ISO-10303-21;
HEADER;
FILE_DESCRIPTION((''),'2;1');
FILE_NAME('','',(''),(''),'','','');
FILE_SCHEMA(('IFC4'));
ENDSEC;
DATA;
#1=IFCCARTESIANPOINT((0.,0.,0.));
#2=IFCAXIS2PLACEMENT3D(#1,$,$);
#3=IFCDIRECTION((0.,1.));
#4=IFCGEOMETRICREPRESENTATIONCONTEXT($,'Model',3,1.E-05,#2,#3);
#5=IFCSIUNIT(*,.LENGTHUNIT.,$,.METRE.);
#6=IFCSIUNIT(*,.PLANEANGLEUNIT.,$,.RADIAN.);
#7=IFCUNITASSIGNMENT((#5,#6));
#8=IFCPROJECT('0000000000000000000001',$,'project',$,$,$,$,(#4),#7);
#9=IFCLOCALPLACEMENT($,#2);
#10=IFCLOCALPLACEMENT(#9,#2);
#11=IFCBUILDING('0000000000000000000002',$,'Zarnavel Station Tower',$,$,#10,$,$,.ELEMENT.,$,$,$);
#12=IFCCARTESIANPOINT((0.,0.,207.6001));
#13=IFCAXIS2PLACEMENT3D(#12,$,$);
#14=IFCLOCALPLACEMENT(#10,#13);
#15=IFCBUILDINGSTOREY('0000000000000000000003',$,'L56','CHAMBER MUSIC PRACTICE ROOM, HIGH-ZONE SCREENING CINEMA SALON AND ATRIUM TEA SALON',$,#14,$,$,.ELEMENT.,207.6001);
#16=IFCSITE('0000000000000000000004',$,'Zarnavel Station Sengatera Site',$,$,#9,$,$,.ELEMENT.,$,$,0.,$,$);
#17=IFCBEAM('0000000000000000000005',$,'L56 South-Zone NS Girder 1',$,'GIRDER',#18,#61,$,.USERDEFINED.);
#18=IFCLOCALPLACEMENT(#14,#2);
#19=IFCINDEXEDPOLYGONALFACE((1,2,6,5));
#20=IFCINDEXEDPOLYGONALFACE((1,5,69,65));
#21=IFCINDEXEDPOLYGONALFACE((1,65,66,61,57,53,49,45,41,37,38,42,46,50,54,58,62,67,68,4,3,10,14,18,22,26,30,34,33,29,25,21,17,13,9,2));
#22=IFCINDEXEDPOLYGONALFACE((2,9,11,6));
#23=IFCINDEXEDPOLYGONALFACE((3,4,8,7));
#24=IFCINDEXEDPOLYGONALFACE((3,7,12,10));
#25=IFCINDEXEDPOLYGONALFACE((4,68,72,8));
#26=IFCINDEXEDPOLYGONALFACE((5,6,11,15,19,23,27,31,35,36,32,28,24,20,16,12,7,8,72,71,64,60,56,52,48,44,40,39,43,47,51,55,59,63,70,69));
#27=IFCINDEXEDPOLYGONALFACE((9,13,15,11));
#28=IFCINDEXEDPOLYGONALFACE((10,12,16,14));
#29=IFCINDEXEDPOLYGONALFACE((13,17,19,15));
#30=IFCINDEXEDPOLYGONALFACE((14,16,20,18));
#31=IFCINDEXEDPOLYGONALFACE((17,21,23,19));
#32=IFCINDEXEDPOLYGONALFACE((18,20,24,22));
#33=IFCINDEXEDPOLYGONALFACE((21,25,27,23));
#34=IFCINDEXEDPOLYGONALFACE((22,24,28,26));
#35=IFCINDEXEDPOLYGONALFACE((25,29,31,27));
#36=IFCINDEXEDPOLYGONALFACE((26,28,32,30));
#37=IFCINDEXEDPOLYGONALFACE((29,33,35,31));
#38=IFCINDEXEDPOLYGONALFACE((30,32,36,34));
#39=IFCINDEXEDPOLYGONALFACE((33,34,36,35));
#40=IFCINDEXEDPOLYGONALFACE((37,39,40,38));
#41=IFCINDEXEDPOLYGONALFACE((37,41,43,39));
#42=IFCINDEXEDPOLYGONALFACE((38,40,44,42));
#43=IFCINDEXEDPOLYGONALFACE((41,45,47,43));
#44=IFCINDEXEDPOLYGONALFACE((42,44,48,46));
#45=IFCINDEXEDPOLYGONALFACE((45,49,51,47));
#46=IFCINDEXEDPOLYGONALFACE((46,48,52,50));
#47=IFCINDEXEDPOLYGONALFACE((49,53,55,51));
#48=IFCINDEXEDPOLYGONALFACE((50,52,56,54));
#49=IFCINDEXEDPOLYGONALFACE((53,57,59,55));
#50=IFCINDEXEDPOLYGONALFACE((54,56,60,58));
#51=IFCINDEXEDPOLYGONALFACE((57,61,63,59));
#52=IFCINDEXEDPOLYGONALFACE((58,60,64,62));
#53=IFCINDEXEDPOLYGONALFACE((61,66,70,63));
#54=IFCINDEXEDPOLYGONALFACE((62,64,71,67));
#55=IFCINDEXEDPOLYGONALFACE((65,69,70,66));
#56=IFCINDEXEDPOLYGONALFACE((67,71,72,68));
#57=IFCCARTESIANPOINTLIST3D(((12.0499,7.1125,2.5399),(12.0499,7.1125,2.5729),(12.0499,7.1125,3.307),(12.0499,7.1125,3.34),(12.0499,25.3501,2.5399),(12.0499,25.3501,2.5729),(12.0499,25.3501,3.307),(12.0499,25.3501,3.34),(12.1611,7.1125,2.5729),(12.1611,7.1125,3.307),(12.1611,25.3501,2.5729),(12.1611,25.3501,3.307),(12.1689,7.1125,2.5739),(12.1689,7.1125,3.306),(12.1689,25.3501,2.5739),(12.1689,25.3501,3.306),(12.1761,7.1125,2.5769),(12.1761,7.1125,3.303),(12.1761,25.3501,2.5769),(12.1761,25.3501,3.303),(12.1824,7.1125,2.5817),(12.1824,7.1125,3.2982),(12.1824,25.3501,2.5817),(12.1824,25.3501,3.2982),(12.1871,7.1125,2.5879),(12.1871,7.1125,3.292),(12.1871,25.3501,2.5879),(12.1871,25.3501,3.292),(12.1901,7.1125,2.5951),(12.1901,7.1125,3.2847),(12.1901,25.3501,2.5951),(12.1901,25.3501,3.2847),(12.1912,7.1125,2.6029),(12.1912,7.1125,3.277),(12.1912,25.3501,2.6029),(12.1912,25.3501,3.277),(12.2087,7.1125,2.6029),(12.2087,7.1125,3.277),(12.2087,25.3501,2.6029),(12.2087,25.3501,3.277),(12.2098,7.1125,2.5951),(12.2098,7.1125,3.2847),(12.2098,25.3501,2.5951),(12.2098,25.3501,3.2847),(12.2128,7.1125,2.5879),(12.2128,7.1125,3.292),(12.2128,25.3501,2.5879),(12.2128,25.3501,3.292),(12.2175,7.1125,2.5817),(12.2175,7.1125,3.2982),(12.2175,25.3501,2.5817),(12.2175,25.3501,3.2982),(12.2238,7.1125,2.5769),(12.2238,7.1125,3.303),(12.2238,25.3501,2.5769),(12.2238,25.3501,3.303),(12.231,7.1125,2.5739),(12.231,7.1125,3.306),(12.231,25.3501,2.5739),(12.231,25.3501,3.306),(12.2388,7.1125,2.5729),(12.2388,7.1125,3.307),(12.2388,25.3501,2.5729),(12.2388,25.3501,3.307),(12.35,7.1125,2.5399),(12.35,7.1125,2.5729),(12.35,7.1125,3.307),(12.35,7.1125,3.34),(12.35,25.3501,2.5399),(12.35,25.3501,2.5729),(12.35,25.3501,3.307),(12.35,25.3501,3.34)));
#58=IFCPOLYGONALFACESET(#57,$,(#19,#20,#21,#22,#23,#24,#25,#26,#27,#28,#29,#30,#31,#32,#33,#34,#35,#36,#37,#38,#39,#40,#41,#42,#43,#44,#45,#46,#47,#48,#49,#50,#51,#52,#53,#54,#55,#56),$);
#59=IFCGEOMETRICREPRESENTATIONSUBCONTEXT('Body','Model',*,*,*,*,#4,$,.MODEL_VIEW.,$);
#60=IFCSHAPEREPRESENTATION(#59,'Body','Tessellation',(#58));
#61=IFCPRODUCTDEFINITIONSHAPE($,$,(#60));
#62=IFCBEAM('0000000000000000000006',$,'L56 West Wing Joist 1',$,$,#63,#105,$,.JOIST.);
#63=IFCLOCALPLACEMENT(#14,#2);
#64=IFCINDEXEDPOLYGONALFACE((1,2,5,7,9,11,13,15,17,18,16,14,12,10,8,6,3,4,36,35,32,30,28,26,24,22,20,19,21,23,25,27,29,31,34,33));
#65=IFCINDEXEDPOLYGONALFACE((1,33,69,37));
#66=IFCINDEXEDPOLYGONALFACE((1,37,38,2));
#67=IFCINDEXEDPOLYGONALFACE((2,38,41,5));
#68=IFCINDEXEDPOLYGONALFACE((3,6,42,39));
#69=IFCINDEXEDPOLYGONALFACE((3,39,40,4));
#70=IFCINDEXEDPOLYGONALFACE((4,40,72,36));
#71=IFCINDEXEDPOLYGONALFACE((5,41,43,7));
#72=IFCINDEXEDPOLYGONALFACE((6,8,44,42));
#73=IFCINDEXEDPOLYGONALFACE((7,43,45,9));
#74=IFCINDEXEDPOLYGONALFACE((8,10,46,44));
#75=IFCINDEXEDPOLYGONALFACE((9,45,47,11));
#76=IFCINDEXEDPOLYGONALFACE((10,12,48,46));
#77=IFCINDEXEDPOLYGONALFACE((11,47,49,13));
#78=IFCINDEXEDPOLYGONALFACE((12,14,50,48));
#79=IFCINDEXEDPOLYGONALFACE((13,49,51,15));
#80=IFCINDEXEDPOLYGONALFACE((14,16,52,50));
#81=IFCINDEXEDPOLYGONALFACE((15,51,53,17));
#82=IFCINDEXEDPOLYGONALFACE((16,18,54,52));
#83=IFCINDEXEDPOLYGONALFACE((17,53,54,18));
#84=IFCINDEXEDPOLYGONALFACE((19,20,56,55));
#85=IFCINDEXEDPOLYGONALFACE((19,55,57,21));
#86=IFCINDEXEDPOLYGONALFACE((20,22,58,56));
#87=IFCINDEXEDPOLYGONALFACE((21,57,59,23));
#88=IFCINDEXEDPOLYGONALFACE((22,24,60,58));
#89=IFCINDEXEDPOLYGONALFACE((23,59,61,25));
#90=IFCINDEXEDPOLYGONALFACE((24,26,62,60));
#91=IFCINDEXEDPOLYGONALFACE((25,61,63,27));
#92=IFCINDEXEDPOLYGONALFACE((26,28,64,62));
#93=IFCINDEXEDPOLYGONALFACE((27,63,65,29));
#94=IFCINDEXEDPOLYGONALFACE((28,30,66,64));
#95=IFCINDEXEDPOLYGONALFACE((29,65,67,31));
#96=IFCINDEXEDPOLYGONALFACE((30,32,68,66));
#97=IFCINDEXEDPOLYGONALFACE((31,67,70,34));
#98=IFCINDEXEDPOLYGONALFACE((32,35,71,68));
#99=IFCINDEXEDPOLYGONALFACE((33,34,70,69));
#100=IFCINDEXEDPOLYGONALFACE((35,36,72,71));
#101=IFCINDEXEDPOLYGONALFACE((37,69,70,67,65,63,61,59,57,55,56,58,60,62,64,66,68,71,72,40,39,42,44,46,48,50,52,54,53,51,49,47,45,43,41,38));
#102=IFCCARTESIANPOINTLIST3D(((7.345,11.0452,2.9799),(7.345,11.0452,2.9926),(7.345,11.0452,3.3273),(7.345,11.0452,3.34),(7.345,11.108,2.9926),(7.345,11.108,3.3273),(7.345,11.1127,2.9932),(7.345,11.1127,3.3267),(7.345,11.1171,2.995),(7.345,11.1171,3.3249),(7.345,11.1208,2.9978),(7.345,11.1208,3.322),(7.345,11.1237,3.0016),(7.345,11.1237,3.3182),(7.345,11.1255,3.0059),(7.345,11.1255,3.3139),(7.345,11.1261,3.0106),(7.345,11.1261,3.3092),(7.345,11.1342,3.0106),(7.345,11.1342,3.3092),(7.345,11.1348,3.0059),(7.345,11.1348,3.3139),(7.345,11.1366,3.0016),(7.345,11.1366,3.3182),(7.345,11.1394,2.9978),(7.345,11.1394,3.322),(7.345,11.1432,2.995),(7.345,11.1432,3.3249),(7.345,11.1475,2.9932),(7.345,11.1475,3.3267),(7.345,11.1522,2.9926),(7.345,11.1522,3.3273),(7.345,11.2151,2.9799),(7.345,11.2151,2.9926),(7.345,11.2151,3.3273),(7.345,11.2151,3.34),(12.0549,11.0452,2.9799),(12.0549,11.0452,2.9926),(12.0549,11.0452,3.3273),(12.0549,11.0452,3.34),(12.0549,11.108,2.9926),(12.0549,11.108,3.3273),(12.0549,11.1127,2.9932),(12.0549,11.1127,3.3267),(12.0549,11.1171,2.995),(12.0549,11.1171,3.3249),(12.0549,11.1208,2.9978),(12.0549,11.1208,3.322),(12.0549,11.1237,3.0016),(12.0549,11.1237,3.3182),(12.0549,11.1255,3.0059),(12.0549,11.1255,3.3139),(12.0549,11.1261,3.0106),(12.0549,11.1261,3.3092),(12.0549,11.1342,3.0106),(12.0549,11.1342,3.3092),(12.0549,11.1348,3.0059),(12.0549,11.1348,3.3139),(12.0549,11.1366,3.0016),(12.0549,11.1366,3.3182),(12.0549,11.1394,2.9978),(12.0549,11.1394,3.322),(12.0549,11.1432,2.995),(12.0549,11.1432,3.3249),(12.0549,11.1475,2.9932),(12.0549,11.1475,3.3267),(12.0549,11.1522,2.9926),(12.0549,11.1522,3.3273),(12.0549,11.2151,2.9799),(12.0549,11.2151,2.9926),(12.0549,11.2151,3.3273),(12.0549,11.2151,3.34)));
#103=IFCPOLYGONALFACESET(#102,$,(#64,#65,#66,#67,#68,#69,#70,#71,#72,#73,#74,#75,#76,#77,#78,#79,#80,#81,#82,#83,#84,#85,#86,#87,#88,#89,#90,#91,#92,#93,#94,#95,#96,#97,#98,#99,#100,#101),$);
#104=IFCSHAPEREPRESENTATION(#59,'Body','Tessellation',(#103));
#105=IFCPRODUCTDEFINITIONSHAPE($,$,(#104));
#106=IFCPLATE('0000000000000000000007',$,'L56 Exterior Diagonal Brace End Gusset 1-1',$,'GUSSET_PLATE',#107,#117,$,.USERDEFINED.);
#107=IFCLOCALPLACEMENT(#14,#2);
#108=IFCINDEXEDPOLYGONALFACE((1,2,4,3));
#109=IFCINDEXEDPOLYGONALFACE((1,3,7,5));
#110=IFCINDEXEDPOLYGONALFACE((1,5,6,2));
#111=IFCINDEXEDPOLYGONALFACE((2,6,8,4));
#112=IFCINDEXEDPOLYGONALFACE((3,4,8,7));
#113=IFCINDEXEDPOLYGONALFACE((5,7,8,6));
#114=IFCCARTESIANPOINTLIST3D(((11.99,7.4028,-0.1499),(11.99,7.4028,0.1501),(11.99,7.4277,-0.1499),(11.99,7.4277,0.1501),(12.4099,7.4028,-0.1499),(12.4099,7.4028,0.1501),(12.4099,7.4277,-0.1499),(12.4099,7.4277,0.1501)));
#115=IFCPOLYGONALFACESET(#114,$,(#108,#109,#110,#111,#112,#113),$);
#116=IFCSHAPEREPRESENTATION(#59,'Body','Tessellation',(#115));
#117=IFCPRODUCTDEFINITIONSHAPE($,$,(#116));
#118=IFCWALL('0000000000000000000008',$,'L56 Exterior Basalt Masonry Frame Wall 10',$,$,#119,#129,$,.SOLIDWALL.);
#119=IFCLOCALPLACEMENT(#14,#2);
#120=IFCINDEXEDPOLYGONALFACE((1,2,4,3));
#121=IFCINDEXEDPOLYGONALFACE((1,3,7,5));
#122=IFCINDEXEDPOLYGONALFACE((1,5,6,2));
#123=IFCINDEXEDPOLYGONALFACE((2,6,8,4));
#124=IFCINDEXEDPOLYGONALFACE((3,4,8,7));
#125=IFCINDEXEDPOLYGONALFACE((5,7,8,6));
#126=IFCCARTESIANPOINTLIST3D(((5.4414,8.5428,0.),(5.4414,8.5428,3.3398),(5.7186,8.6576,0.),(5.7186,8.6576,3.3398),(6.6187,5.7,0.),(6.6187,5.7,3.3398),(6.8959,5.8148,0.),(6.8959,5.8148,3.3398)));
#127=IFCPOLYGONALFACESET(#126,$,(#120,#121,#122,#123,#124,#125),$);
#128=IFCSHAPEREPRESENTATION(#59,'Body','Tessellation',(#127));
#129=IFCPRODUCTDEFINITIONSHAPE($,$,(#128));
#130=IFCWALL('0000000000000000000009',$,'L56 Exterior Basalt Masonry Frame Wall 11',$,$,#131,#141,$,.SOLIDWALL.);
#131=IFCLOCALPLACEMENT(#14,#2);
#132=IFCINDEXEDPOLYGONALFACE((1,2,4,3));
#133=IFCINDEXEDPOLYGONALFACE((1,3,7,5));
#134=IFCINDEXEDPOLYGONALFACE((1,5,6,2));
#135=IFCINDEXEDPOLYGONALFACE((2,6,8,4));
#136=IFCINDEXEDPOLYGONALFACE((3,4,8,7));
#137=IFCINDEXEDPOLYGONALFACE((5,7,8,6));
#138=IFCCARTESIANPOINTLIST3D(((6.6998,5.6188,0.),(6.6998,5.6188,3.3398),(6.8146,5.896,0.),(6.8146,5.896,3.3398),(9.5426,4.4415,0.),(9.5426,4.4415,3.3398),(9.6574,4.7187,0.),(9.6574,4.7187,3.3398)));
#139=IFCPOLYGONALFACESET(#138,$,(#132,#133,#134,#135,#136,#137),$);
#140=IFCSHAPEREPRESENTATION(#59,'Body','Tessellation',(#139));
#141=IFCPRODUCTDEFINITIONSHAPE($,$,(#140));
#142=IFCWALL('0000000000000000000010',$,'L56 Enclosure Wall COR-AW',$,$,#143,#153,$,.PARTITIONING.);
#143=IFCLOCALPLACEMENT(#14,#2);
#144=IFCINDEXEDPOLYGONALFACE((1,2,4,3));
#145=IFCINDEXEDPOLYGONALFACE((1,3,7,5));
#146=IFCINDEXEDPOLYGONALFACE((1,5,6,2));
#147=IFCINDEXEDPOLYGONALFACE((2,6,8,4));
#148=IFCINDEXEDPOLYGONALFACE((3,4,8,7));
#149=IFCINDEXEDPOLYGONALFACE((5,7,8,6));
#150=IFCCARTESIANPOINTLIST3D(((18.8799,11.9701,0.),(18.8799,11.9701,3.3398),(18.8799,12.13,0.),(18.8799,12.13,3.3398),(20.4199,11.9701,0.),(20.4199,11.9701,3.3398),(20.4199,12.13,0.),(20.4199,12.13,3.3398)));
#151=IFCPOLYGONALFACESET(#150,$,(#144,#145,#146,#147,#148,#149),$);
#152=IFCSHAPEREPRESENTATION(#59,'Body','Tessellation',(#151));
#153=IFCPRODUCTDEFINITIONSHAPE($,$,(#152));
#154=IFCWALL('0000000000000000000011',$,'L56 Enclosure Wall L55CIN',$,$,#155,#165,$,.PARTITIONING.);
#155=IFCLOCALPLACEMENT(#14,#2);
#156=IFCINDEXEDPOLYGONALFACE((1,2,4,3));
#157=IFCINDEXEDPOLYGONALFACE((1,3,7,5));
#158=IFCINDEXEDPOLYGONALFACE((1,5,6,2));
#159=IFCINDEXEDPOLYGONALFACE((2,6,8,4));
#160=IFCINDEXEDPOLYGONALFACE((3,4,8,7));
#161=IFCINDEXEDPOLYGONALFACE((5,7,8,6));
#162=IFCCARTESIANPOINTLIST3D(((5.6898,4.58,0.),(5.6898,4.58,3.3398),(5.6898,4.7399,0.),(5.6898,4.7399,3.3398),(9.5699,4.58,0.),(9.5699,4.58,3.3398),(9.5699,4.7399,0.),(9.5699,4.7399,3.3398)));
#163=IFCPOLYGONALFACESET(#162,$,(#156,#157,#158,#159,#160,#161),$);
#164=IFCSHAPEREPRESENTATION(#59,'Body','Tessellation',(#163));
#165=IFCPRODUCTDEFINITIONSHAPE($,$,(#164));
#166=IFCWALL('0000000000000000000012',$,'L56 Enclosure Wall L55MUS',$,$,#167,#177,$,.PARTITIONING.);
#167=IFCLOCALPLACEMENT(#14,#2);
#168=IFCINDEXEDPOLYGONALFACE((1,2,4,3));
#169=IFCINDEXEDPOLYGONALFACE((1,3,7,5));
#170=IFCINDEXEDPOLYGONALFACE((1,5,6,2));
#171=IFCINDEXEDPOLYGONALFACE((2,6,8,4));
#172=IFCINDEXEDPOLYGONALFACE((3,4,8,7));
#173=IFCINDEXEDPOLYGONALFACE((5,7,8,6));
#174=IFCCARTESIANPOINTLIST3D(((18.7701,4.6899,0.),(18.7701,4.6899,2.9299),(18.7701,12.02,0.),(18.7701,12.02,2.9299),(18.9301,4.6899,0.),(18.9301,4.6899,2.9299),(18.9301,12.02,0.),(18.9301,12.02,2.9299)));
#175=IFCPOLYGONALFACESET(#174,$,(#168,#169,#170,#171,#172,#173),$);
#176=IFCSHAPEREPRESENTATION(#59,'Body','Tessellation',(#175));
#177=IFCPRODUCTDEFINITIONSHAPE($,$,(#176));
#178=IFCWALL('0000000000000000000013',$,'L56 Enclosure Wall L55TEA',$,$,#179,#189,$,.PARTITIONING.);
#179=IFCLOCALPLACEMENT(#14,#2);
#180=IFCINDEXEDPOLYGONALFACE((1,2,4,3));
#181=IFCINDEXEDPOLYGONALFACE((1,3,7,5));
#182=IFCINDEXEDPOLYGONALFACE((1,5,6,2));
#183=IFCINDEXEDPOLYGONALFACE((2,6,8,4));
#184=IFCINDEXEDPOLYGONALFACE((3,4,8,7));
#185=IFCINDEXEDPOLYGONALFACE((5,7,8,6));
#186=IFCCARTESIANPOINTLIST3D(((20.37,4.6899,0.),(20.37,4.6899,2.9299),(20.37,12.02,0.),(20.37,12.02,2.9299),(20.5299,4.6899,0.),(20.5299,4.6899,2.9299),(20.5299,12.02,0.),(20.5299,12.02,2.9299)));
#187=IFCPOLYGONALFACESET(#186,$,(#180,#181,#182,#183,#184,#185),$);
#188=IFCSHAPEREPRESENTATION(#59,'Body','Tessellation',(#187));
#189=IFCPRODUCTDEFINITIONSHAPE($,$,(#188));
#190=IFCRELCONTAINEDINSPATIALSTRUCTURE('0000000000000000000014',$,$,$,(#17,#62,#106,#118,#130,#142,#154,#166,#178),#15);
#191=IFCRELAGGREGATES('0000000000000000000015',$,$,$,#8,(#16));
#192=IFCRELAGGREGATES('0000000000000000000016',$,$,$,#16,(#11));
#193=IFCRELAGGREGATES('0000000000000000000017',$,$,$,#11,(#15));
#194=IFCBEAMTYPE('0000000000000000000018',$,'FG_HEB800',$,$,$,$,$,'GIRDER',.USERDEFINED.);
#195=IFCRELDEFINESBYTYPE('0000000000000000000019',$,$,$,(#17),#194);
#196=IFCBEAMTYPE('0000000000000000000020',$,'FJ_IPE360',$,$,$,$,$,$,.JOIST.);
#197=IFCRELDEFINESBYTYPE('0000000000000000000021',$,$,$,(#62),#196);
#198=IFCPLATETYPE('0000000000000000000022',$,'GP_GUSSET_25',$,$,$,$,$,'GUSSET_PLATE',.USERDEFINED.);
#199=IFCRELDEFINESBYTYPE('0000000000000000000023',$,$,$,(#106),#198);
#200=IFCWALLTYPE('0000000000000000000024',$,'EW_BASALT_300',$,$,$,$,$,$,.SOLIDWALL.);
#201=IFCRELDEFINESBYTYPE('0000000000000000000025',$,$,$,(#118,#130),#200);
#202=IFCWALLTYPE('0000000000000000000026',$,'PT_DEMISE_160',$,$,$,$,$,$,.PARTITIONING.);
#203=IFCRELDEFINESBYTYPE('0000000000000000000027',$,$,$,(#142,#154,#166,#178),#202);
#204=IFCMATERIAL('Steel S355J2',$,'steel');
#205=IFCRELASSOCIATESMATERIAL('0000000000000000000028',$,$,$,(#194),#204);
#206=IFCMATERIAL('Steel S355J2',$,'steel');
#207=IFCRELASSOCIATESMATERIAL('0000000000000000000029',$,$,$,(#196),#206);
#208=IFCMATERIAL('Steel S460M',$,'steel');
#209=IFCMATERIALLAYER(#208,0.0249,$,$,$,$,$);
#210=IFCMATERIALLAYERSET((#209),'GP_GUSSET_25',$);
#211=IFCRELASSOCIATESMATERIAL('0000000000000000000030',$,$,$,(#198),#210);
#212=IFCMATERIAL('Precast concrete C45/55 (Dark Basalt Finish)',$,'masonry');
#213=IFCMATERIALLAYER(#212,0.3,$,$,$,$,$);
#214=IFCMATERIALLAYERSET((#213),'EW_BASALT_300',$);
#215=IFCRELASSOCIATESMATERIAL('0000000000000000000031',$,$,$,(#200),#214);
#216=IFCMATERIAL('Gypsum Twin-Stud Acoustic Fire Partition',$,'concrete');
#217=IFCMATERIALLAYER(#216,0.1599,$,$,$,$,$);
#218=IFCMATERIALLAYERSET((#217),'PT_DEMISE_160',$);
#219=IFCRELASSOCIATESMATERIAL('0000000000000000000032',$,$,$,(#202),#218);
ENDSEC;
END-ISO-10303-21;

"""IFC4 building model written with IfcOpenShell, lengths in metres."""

from ifc_helpers import new_model, si_unit, direction, frame, frame_2d, origin, origin_2d, place, context, subcontext, project, spatial, rectangle, i_section, extrude, material, layer, layer_set, material_profile, profile_set, type_object, element, save


model = new_model("IFC4")

# Units and contexts
model_context = context("Model", 3, precision=1e-05, world=origin(), true_north=direction((0.0, 1.0)))
body_context = subcontext(model_context, "Body", "Model", "MODEL_VIEW")
ifc_project = project(units=[si_unit("LENGTHUNIT", "METRE"), si_unit("PLANEANGLEUNIT", "RADIAN")], contexts=[model_context])

# Site, building, storey
site_placement = place(None, origin())
site = spatial("IfcSite", under=ifc_project, at=site_placement, Name="Zarnavel Station Sengatera Site", CompositionType="ELEMENT", RefElevation=0.0)
building_placement = place(site_placement, origin())
building = spatial("IfcBuilding", under=site, at=building_placement, Name="Zarnavel Station Tower", CompositionType="ELEMENT")
storey_placement = place(building_placement, frame((0.0, 0.0, 207.6001)))
storey = spatial("IfcBuildingStorey", under=building, at=storey_placement, Name="L56", Description="CHAMBER MUSIC PRACTICE ROOM, HIGH-ZONE SCREENING CINEMA SALON AND ATRIUM TEA SALON", CompositionType="ELEMENT", Elevation=207.6001)

# Beams
ifc_material_1 = material(Name="Steel S355J2", Category="steel")
ifc_material_profile_1 = material_profile(ifc_material_1, i_section(OverallWidth=0.3, OverallDepth=0.8, WebThickness=0.0176, FlangeThickness=0.033, FilletRadius=0.03, at=origin_2d()), Name="HEB800")
ifc_profile_set_1 = profile_set([ifc_material_profile_1], Name="Steel S355J2")
beam_type_1 = type_object("IfcBeamType", Name="FG_HEB800", ElementType="GIRDER", PredefinedType="USERDEFINED", material=ifc_profile_set_1)
beam_1_placement = place(storey_placement, frame((12.2, 7.1125, 2.9399), z_axis=(0.0, 1.0, 0.0), x_axis=(-1.0, 0.0, 0.0)))
element("IfcBeam", 1, at=beam_1_placement, inside=storey, type_object=beam_type_1, Name="L56 South-Zone NS Girder 1", ObjectType="GIRDER", PredefinedType="USERDEFINED", context=body_context, shape_type="SweptSolid", body=[
    extrude(i_section(OverallWidth=0.3, OverallDepth=0.8, WebThickness=0.0176, FlangeThickness=0.033, FilletRadius=0.03, at=origin_2d()), origin(), (0.0, 0.0, 1.0), 18.2375),
])
ifc_material_2 = material(Name="Steel S355J2", Category="steel")
ifc_material_profile_2 = material_profile(ifc_material_2, i_section(OverallWidth=0.1699, OverallDepth=0.3601, WebThickness=0.0081, FlangeThickness=0.0127, FilletRadius=0.0181, at=origin_2d()), Name="IPE360")
ifc_profile_set_2 = profile_set([ifc_material_profile_2], Name="Steel S355J2")
beam_type_2 = type_object("IfcBeamType", Name="FJ_IPE360", PredefinedType="JOIST", material=ifc_profile_set_2)
beam_2_placement = place(storey_placement, frame((7.345, 11.1301, 3.1599), z_axis=(1.0, 0.0, 0.0), x_axis=(0.0, 1.0, 0.0)))
element("IfcBeam", 2, at=beam_2_placement, inside=storey, type_object=beam_type_2, Name="L56 West Wing Joist 1", PredefinedType="JOIST", context=body_context, shape_type="SweptSolid", body=[
    extrude(i_section(OverallWidth=0.1699, OverallDepth=0.3601, WebThickness=0.0081, FlangeThickness=0.0127, FilletRadius=0.0181, at=origin_2d()), origin(), (0.0, 0.0, 1.0), 4.71),
])

# Plate
ifc_material_3 = material(Name="Steel S460M", Category="steel")
ifc_layer_1 = layer(ifc_material_3, 0.0249)
ifc_layer_set_1 = layer_set([ifc_layer_1], Name="GP_GUSSET_25")
plate_type = type_object("IfcPlateType", Name="GP_GUSSET_25", ElementType="GUSSET_PLATE", PredefinedType="USERDEFINED", material=ifc_layer_set_1)
plate_placement = place(storey_placement, frame((12.2, 7.4153, -0.1499), z_axis=(0.0, 0.0, 1.0), x_axis=(1.0, 0.0, 0.0)))
element("IfcPlate", 3, at=plate_placement, inside=storey, type_object=plate_type, Name="L56 Exterior Diagonal Brace End Gusset 1-1", ObjectType="GUSSET_PLATE", PredefinedType="USERDEFINED", context=body_context, shape_type="SweptSolid", body=[
    extrude(rectangle(XDim=0.4199, YDim=0.0249, at=origin_2d()), origin(), (0.0, 0.0, 1.0), 0.3),
])

# Walls
ifc_material_4 = material(Name="Precast concrete C45/55 (Dark Basalt Finish)", Category="masonry")
ifc_layer_2 = layer(ifc_material_4, 0.3)
ifc_layer_set_2 = layer_set([ifc_layer_2], Name="EW_BASALT_300")
wall_type_1 = type_object("IfcWallType", Name="EW_BASALT_300", PredefinedType="SOLIDWALL", material=ifc_layer_set_2)
for number, where, z_axis, x_axis, name in (
    (4, (6.7573, 5.7573, 0.0), (0.0, 0.0, 1.0), (-0.382609, 0.92391, 0.0), "L56 Exterior Basalt Masonry Frame Wall 10"),
    (5, (9.6001, 4.5801, 0.0), (0.0, 0.0, 1.0), (-0.92391, 0.382609, 0.0), "L56 Exterior Basalt Masonry Frame Wall 11"),
):
    element("IfcWall", number, at=place(storey_placement, frame(where, z_axis=z_axis, x_axis=x_axis)), inside=storey, type_object=wall_type_1, Name=name, PredefinedType="SOLIDWALL", context=body_context, shape_type="SweptSolid", body=[
        extrude(rectangle(XDim=3.0769, YDim=0.3, at=frame_2d((1.5386, 0.0))), origin(), (0.0, 0.0, 1.0), 3.3398),
    ])
ifc_material_5 = material(Name="Gypsum Twin-Stud Acoustic Fire Partition", Category="concrete")
ifc_layer_3 = layer(ifc_material_5, 0.1599)
ifc_layer_set_3 = layer_set([ifc_layer_3], Name="PT_DEMISE_160")
wall_type_2 = type_object("IfcWallType", Name="PT_DEMISE_160", PredefinedType="PARTITIONING", material=ifc_layer_set_3)
wall_1_placement = place(storey_placement, frame((18.8799, 12.05, 0.0), z_axis=(0.0, 0.0, 1.0), x_axis=(1.0, 0.0, 0.0)))
element("IfcWall", 6, at=wall_1_placement, inside=storey, type_object=wall_type_2, Name="L56 Enclosure Wall COR-AW", PredefinedType="PARTITIONING", context=body_context, shape_type="SweptSolid", body=[
    extrude(rectangle(XDim=1.54, YDim=0.1599, at=frame_2d((0.77, 0.0))), origin(), (0.0, 0.0, 1.0), 3.3398),
])
wall_2_placement = place(storey_placement, frame((5.6899, 4.6599, 0.0), z_axis=(0.0, 0.0, 1.0), x_axis=(1.0, 0.0, 0.0)))
element("IfcWall", 7, at=wall_2_placement, inside=storey, type_object=wall_type_2, Name="L56 Enclosure Wall L55CIN", PredefinedType="PARTITIONING", context=body_context, shape_type="SweptSolid", body=[
    extrude(rectangle(XDim=3.8801, YDim=0.1599, at=frame_2d((1.9399, 0.0))), origin(), (0.0, 0.0, 1.0), 3.3398),
])
for number, where, z_axis, x_axis, name in (
    (8, (18.8501, 4.6899, 0.0), (0.0, 0.0, 1.0), (0.0, 1.0, 0.0), "L56 Enclosure Wall L55MUS"),
    (9, (20.45, 4.6899, 0.0), (0.0, 0.0, 1.0), (0.0, 1.0, 0.0), "L56 Enclosure Wall L55TEA"),
):
    element("IfcWall", number, at=place(storey_placement, frame(where, z_axis=z_axis, x_axis=x_axis)), inside=storey, type_object=wall_type_2, Name=name, PredefinedType="PARTITIONING", context=body_context, shape_type="SweptSolid", body=[
        extrude(rectangle(XDim=7.3301, YDim=0.1599, at=frame_2d((3.665, 0.0))), origin(), (0.0, 0.0, 1.0), 2.9299),
    ])

save(model, "model.ifc")
